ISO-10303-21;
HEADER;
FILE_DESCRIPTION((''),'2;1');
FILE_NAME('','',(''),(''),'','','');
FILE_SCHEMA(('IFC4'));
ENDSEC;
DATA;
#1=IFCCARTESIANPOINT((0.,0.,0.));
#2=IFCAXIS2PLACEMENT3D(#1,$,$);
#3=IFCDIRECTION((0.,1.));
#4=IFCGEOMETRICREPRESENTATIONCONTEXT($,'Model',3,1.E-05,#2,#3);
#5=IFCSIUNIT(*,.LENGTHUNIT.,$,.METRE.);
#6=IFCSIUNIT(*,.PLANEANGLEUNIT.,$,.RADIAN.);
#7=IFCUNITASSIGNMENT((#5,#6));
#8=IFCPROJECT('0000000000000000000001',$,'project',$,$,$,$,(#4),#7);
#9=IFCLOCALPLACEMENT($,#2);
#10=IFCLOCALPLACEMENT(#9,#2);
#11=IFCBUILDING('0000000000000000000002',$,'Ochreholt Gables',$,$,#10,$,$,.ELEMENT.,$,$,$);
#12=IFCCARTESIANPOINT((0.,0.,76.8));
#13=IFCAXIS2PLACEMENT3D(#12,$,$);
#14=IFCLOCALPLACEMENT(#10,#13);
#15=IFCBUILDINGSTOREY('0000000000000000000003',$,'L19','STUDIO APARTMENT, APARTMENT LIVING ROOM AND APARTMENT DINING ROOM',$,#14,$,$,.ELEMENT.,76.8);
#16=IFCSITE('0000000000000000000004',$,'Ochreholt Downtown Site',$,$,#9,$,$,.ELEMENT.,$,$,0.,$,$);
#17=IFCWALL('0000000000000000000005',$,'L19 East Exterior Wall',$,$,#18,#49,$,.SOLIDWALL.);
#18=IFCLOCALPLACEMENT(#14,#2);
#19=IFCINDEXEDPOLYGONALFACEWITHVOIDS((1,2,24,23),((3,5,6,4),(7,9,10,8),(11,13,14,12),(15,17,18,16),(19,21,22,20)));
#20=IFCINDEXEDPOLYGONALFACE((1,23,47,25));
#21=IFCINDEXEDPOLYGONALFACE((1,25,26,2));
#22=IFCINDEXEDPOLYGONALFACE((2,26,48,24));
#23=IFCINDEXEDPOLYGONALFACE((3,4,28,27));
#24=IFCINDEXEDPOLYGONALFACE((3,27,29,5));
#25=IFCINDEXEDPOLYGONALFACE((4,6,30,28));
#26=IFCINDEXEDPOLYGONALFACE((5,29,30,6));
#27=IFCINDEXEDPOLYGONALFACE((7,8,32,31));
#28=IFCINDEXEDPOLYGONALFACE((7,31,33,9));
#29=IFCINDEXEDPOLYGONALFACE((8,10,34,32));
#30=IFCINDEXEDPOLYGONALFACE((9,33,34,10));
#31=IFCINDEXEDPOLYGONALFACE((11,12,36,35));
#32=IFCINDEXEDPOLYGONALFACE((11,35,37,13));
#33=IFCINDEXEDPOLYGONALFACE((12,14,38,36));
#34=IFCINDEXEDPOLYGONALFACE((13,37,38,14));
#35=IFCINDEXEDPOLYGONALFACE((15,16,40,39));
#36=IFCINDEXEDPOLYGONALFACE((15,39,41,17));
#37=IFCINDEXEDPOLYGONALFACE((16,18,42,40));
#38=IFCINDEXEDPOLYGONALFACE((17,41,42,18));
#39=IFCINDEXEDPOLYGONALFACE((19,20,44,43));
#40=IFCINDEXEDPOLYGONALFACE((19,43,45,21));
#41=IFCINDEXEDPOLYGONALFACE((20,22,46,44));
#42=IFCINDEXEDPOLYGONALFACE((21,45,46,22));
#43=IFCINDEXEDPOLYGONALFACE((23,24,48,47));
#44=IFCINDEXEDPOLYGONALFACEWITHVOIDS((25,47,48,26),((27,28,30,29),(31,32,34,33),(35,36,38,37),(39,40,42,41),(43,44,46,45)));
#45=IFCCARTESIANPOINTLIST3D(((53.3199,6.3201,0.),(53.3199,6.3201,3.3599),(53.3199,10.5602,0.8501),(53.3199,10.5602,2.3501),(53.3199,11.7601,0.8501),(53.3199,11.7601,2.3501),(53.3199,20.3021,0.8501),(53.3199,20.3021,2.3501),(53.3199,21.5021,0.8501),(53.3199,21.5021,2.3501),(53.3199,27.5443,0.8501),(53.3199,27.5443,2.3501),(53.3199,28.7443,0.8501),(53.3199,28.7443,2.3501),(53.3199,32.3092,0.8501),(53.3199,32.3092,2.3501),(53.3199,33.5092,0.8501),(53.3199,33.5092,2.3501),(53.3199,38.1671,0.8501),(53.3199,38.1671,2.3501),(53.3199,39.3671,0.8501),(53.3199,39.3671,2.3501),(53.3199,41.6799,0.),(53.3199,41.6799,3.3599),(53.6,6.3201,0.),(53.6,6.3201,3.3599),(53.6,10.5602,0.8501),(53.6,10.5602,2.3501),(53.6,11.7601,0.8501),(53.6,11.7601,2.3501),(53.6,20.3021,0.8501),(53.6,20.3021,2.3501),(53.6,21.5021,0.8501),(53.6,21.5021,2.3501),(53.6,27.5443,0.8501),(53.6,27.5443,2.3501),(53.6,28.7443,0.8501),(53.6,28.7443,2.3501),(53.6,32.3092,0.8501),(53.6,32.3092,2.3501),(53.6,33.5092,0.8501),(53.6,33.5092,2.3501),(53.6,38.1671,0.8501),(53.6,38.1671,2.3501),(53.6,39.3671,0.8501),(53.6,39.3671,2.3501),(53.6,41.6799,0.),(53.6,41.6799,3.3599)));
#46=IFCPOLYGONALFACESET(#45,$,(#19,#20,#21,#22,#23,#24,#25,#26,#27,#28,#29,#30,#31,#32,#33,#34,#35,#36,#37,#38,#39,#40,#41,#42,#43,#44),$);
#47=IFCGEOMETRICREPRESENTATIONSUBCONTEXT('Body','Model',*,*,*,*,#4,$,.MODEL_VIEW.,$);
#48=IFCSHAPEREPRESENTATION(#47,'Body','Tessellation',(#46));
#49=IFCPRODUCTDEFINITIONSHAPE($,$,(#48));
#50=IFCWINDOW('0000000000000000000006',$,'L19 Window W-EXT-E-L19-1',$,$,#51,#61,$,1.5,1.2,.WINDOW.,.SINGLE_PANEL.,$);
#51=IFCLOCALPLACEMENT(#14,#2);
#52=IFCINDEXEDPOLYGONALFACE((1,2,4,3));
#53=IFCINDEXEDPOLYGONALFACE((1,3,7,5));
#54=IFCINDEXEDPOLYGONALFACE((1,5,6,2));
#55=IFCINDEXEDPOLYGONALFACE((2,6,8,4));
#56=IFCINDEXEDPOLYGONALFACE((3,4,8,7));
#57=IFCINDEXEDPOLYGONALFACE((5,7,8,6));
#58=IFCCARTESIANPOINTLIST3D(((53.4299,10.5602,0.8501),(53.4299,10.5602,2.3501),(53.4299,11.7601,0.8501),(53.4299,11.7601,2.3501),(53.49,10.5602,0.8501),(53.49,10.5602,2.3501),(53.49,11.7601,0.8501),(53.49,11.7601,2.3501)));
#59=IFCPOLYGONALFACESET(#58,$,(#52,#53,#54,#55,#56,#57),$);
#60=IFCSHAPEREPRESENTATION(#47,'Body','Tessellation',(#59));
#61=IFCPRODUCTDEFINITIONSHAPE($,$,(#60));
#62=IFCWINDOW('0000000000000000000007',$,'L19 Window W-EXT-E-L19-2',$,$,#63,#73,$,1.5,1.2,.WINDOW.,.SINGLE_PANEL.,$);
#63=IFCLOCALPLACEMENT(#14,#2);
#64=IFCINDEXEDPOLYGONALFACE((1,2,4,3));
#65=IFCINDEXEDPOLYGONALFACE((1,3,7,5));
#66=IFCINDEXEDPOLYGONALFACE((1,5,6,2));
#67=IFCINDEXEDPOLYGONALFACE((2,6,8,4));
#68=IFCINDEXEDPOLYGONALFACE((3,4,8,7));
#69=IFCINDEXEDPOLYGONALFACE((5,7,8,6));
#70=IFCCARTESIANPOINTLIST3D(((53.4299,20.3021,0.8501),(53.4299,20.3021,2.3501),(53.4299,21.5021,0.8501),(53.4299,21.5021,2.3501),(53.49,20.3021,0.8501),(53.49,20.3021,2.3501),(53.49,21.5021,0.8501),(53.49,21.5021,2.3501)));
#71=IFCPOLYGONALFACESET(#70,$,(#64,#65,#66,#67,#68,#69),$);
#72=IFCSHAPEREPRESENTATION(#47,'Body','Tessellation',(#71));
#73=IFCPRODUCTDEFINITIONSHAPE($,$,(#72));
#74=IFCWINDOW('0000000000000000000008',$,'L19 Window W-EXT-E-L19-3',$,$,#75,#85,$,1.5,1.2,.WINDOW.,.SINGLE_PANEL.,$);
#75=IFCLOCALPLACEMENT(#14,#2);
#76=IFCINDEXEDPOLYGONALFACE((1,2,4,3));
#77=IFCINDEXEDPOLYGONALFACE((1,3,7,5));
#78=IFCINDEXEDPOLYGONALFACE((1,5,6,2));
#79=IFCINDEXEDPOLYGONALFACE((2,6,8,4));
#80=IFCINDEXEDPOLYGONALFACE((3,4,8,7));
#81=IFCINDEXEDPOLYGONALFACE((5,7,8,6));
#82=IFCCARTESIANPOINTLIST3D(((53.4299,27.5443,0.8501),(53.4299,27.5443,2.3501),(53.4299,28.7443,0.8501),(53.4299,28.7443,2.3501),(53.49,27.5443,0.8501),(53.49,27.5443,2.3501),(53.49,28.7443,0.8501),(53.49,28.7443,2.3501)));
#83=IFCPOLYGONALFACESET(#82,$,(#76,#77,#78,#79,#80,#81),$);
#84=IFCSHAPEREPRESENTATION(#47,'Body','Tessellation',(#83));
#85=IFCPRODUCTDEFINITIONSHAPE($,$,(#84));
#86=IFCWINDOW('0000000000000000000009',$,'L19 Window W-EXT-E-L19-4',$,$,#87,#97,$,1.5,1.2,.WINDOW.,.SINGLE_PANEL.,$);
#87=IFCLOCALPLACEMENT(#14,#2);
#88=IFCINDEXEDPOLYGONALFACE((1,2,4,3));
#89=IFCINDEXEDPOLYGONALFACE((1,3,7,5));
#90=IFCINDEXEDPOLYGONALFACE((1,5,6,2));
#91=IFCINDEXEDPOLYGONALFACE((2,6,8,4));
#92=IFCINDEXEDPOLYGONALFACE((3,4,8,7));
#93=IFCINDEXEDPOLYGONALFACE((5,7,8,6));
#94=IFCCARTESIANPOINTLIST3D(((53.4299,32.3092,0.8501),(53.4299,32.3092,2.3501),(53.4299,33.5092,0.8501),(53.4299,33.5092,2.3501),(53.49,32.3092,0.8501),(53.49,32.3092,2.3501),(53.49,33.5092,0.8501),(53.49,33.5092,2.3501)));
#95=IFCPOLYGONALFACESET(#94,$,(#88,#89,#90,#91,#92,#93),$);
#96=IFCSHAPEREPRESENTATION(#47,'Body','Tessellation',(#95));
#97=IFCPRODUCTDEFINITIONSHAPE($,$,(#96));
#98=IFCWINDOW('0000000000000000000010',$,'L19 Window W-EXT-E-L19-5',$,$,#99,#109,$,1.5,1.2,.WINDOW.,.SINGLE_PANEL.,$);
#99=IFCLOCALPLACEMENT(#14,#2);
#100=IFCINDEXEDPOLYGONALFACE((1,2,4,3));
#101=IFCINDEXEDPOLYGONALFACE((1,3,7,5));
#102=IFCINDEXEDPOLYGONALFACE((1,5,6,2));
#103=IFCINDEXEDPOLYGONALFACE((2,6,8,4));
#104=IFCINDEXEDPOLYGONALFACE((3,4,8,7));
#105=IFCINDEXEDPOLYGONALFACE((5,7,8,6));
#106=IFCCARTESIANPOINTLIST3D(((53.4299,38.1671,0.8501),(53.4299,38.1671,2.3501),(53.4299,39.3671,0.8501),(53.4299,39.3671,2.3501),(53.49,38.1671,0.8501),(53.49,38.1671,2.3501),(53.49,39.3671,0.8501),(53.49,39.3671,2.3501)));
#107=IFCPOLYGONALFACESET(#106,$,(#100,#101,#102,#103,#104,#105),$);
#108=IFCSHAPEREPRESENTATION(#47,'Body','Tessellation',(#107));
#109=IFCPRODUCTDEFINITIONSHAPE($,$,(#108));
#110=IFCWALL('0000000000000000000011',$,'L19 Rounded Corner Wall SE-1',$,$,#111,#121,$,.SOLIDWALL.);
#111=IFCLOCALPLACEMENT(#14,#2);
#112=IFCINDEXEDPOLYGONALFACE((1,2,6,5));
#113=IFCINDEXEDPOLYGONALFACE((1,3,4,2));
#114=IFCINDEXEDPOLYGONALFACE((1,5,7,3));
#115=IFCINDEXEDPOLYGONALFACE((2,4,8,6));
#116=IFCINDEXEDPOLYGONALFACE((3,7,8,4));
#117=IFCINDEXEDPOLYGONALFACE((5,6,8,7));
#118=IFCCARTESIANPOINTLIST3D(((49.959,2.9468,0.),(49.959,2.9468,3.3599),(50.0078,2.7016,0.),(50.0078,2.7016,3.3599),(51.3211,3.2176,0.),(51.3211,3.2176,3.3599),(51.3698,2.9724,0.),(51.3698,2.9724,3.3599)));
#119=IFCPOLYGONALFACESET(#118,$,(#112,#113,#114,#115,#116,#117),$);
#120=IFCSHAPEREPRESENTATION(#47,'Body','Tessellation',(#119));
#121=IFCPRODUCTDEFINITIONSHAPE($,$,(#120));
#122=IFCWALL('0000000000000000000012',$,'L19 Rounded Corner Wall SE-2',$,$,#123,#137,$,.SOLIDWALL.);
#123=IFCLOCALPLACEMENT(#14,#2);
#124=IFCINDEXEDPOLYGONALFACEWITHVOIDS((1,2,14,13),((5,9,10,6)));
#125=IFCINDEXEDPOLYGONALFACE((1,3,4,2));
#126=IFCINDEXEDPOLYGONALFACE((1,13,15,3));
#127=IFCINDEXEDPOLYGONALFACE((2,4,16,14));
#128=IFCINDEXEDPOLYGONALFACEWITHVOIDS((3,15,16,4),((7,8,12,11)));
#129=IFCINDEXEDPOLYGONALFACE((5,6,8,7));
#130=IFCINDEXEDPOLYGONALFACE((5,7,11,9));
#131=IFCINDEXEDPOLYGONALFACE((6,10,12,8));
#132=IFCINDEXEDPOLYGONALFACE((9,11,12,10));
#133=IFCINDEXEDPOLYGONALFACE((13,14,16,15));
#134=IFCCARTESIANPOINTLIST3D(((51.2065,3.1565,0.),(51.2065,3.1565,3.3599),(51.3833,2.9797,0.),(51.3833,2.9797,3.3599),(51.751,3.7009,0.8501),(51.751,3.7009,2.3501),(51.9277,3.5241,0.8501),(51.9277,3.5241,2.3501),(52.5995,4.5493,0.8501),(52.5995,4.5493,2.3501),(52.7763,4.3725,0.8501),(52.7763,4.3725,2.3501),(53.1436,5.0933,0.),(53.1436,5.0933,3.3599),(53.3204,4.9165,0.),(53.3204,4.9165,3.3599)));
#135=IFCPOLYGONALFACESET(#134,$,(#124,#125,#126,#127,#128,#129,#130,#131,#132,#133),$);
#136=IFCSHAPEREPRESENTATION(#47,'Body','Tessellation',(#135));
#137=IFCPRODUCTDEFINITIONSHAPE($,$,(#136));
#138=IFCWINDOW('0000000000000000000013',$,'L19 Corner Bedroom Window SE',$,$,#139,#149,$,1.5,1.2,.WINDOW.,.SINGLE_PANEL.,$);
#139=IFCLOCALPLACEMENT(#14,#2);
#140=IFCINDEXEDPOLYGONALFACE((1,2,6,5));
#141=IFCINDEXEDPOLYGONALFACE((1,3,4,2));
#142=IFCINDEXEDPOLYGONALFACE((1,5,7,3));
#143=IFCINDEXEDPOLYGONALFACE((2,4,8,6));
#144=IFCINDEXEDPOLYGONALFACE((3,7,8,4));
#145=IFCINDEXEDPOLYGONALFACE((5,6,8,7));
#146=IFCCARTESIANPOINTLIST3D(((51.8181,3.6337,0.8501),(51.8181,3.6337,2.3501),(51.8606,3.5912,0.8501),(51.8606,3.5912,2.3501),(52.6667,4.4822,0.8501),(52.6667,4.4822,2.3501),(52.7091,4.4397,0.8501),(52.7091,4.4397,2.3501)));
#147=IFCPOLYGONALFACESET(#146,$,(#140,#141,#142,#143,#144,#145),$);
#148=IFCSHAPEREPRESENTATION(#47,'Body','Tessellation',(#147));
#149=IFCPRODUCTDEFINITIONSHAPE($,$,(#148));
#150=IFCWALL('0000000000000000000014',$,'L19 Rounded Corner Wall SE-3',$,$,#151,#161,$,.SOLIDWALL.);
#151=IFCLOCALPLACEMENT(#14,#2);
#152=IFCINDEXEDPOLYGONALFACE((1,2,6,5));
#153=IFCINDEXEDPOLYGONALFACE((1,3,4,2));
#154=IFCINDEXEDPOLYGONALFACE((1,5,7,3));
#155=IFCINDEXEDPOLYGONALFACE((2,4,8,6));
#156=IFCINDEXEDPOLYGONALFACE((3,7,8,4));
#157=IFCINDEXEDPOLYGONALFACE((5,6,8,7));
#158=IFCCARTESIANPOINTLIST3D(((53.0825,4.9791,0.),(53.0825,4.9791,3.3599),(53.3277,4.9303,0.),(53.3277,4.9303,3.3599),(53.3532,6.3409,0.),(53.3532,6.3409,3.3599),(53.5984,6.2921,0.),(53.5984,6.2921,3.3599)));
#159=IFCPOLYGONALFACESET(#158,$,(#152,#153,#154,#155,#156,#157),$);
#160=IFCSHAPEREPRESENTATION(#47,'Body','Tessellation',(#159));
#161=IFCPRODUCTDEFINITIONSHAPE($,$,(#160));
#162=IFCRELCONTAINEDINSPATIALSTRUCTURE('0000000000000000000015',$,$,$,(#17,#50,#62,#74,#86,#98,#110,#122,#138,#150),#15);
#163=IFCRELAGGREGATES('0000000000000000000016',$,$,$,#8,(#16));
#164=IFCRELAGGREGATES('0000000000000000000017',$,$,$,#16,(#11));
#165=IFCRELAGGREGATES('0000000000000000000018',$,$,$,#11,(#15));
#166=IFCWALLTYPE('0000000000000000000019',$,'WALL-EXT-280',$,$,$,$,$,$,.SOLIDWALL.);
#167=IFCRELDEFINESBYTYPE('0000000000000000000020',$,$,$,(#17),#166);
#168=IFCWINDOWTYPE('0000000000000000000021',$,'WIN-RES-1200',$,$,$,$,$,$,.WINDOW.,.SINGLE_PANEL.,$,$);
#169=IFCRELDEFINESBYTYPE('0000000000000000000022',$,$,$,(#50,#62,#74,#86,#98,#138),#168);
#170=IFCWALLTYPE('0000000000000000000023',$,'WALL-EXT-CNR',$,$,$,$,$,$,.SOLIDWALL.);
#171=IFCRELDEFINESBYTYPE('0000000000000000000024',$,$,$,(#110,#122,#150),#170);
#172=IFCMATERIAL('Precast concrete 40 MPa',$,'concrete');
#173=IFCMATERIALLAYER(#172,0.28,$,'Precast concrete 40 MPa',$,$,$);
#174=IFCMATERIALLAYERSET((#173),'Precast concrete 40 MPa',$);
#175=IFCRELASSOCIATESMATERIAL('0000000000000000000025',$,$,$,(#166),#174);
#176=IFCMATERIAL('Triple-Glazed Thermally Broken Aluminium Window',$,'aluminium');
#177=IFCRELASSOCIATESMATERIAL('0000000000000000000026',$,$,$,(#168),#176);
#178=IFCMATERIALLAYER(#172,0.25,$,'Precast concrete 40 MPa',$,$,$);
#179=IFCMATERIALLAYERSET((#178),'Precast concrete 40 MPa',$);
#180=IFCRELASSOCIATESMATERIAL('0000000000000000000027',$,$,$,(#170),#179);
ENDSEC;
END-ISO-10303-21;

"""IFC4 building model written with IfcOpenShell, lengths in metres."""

from ifc_helpers import new_model, si_unit, direction, frame, frame_2d, origin, place, context, subcontext, project, spatial, rectangle, extrude, material, layer, layer_set, type_object, element, fill, save


model = new_model("IFC4")

# Units and contexts
model_context = context("Model", 3, precision=1e-05, world=origin(), true_north=direction((0.0, 1.0)))
body_context = subcontext(model_context, "Body", "Model", "MODEL_VIEW")
ifc_project = project(units=[si_unit("LENGTHUNIT", "METRE"), si_unit("PLANEANGLEUNIT", "RADIAN")], contexts=[model_context])

# Site, building, storey
site_placement = place(None, origin())
site = spatial("IfcSite", under=ifc_project, at=site_placement, Name="Ochreholt Downtown Site", CompositionType="ELEMENT", RefElevation=0.0)
building_placement = place(site_placement, origin())
building = spatial("IfcBuilding", under=site, at=building_placement, Name="Ochreholt Gables", CompositionType="ELEMENT")
storey_placement = place(building_placement, frame((0.0, 0.0, 76.8)))
storey = spatial("IfcBuildingStorey", under=building, at=storey_placement, Name="L19", Description="STUDIO APARTMENT, APARTMENT LIVING ROOM AND APARTMENT DINING ROOM", CompositionType="ELEMENT", Elevation=76.8)

# Wall, openings, windows
ifc_material_1 = material(Name="Precast concrete 40 MPa", Category="concrete")
ifc_layer_1 = layer(ifc_material_1, 0.28, Name="Precast concrete 40 MPa")
ifc_layer_set_1 = layer_set([ifc_layer_1], Name="Precast concrete 40 MPa")
wall_type_1 = type_object("IfcWallType", Name="WALL-EXT-280", PredefinedType="SOLIDWALL", material=ifc_layer_set_1)
wall_1_placement = place(storey_placement, frame((53.46, 6.3201, 0.0), z_axis=(0.0, 0.0, 1.0), x_axis=(0.0, 1.0, 0.0)))
wall_1 = element("IfcWall", 1, at=wall_1_placement, inside=storey, type_object=wall_type_1, Name="L19 East Exterior Wall", PredefinedType="SOLIDWALL", context=body_context, shape_type="SweptSolid", body=[
    extrude(rectangle(XDim=35.3599, YDim=0.28, at=frame_2d((17.6799, 0.0))), origin(), (0.0, 0.0, 1.0), 3.3599),
])
opening_1_placement = place(wall_1_placement, frame((4.24, 0.0, 0.8501)))
opening_1 = element("IfcOpeningElement", 2, at=opening_1_placement, cuts=wall_1, PredefinedType="OPENING", context=body_context, shape_type="SweptSolid", body=[
    extrude(rectangle(XDim=1.2, YDim=1.5, at=frame_2d((0.6001, 0.75))), frame((0.0, 0.1499, 0.0), z_axis=(0.0, -1.0, 0.0), x_axis=(1.0, 0.0, 0.0)), (0.0, 0.0, 1.0), 0.3),
])
opening_2_placement = place(wall_1_placement, frame((13.9819, 0.0, 0.8501)))
opening_2 = element("IfcOpeningElement", 3, at=opening_2_placement, cuts=wall_1, PredefinedType="OPENING", context=body_context, shape_type="SweptSolid", body=[
    extrude(rectangle(XDim=1.2, YDim=1.5, at=frame_2d((0.6001, 0.75))), frame((0.0, 0.1499, 0.0), z_axis=(0.0, -1.0, 0.0), x_axis=(1.0, 0.0, 0.0)), (0.0, 0.0, 1.0), 0.3),
])
opening_3_placement = place(wall_1_placement, frame((21.2241, 0.0, 0.8501)))
opening_3 = element("IfcOpeningElement", 4, at=opening_3_placement, cuts=wall_1, PredefinedType="OPENING", context=body_context, shape_type="SweptSolid", body=[
    extrude(rectangle(XDim=1.2, YDim=1.5, at=frame_2d((0.6001, 0.75))), frame((0.0, 0.1499, 0.0), z_axis=(0.0, -1.0, 0.0), x_axis=(1.0, 0.0, 0.0)), (0.0, 0.0, 1.0), 0.3),
])
opening_4_placement = place(wall_1_placement, frame((25.989, 0.0, 0.8501)))
opening_4 = element("IfcOpeningElement", 5, at=opening_4_placement, cuts=wall_1, PredefinedType="OPENING", context=body_context, shape_type="SweptSolid", body=[
    extrude(rectangle(XDim=1.2, YDim=1.5, at=frame_2d((0.6001, 0.75))), frame((0.0, 0.1499, 0.0), z_axis=(0.0, -1.0, 0.0), x_axis=(1.0, 0.0, 0.0)), (0.0, 0.0, 1.0), 0.3),
])
opening_5_placement = place(wall_1_placement, frame((31.8469, 0.0, 0.8501)))
opening_5 = element("IfcOpeningElement", 6, at=opening_5_placement, cuts=wall_1, PredefinedType="OPENING", context=body_context, shape_type="SweptSolid", body=[
    extrude(rectangle(XDim=1.2, YDim=1.5, at=frame_2d((0.6001, 0.75))), frame((0.0, 0.1499, 0.0), z_axis=(0.0, -1.0, 0.0), x_axis=(1.0, 0.0, 0.0)), (0.0, 0.0, 1.0), 0.3),
])
ifc_material_2 = material(Name="Triple-Glazed Thermally Broken Aluminium Window", Category="aluminium")
window_type = type_object("IfcWindowType", Name="WIN-RES-1200", PartitioningType="SINGLE_PANEL", PredefinedType="WINDOW", material=ifc_material_2)
window_1_placement = place(opening_1_placement, origin())
window_1 = element("IfcWindow", 7, at=window_1_placement, inside=storey, type_object=window_type, Name="L19 Window W-EXT-E-L19-1", OverallHeight=1.5, OverallWidth=1.2, PartitioningType="SINGLE_PANEL", PredefinedType="WINDOW", context=body_context, shape_type="SweptSolid", body=[
    extrude(rectangle(XDim=1.2, YDim=1.5, at=frame_2d((0.6001, 0.75))), frame((0.0, 0.03, 0.0), z_axis=(0.0, -1.0, 0.0), x_axis=(1.0, 0.0, 0.0)), (0.0, 0.0, 1.0), 0.0601),
])
fill(opening_1, window_1)
window_2_placement = place(opening_2_placement, origin())
window_2 = element("IfcWindow", 8, at=window_2_placement, inside=storey, type_object=window_type, Name="L19 Window W-EXT-E-L19-2", OverallHeight=1.5, OverallWidth=1.2, PartitioningType="SINGLE_PANEL", PredefinedType="WINDOW", context=body_context, shape_type="SweptSolid", body=[
    extrude(rectangle(XDim=1.2, YDim=1.5, at=frame_2d((0.6001, 0.75))), frame((0.0, 0.03, 0.0), z_axis=(0.0, -1.0, 0.0), x_axis=(1.0, 0.0, 0.0)), (0.0, 0.0, 1.0), 0.0601),
])
fill(opening_2, window_2)
window_3_placement = place(opening_3_placement, origin())
window_3 = element("IfcWindow", 9, at=window_3_placement, inside=storey, type_object=window_type, Name="L19 Window W-EXT-E-L19-3", OverallHeight=1.5, OverallWidth=1.2, PartitioningType="SINGLE_PANEL", PredefinedType="WINDOW", context=body_context, shape_type="SweptSolid", body=[
    extrude(rectangle(XDim=1.2, YDim=1.5, at=frame_2d((0.6001, 0.75))), frame((0.0, 0.03, 0.0), z_axis=(0.0, -1.0, 0.0), x_axis=(1.0, 0.0, 0.0)), (0.0, 0.0, 1.0), 0.0601),
])
fill(opening_3, window_3)
window_4_placement = place(opening_4_placement, origin())
window_4 = element("IfcWindow", 10, at=window_4_placement, inside=storey, type_object=window_type, Name="L19 Window W-EXT-E-L19-4", OverallHeight=1.5, OverallWidth=1.2, PartitioningType="SINGLE_PANEL", PredefinedType="WINDOW", context=body_context, shape_type="SweptSolid", body=[
    extrude(rectangle(XDim=1.2, YDim=1.5, at=frame_2d((0.6001, 0.75))), frame((0.0, 0.03, 0.0), z_axis=(0.0, -1.0, 0.0), x_axis=(1.0, 0.0, 0.0)), (0.0, 0.0, 1.0), 0.0601),
])
fill(opening_4, window_4)
window_5_placement = place(opening_5_placement, origin())
window_5 = element("IfcWindow", 11, at=window_5_placement, inside=storey, type_object=window_type, Name="L19 Window W-EXT-E-L19-5", OverallHeight=1.5, OverallWidth=1.2, PartitioningType="SINGLE_PANEL", PredefinedType="WINDOW", context=body_context, shape_type="SweptSolid", body=[
    extrude(rectangle(XDim=1.2, YDim=1.5, at=frame_2d((0.6001, 0.75))), frame((0.0, 0.03, 0.0), z_axis=(0.0, -1.0, 0.0), x_axis=(1.0, 0.0, 0.0)), (0.0, 0.0, 1.0), 0.0601),
])
fill(opening_5, window_5)

# Wall
ifc_layer_2 = layer(ifc_material_1, 0.25, Name="Precast concrete 40 MPa")
ifc_layer_set_2 = layer_set([ifc_layer_2], Name="Precast concrete 40 MPa")
wall_type_2 = type_object("IfcWallType", Name="WALL-EXT-CNR", PredefinedType="SOLIDWALL", material=ifc_layer_set_2)
wall_2_placement = place(storey_placement, frame((49.9834, 2.8242, 0.0), z_axis=(0.0, 0.0, 1.0), x_axis=(0.98081, 0.194967, 0.0)))
element("IfcWall", 12, at=wall_2_placement, inside=storey, type_object=wall_type_2, Name="L19 Rounded Corner Wall SE-1", PredefinedType="SOLIDWALL", context=body_context, shape_type="SweptSolid", body=[
    extrude(rectangle(XDim=1.3887, YDim=0.25, at=frame_2d((0.6943, 0.0))), origin(), (0.0, 0.0, 1.0), 3.3599),
])

# Wall, opening, window
wall_3_placement = place(storey_placement, frame((51.2949, 3.0681, 0.0), z_axis=(0.0, 0.0, 1.0), x_axis=(0.707151, 0.707062, 0.0)))
wall_3 = element("IfcWall", 13, at=wall_3_placement, inside=storey, type_object=wall_type_2, Name="L19 Rounded Corner Wall SE-2", PredefinedType="SOLIDWALL", context=body_context, shape_type="SweptSolid", body=[
    extrude(rectangle(XDim=2.7393, YDim=0.25, at=frame_2d((1.3696, 0.0))), origin(), (0.0, 0.0, 1.0), 3.3599),
])
opening_6_placement = place(wall_3_placement, frame((0.7698, 0.0, 0.8501)))
opening_6 = element("IfcOpeningElement", 14, at=opening_6_placement, cuts=wall_3, PredefinedType="OPENING", context=body_context, shape_type="SweptSolid", body=[
    extrude(rectangle(XDim=1.2, YDim=1.5, at=frame_2d((0.6001, 0.75))), frame((0.0, 0.135, 0.0), z_axis=(0.0, -1.0, 0.0), x_axis=(1.0, 0.0, 0.0)), (0.0, 0.0, 1.0), 0.27),
])
window_6_placement = place(opening_6_placement, origin())
window_6 = element("IfcWindow", 15, at=window_6_placement, inside=storey, type_object=window_type, Name="L19 Corner Bedroom Window SE", OverallHeight=1.5, OverallWidth=1.2, PartitioningType="SINGLE_PANEL", PredefinedType="WINDOW", context=body_context, shape_type="SweptSolid", body=[
    extrude(rectangle(XDim=1.2, YDim=1.5, at=frame_2d((0.6001, 0.75))), frame((0.0, 0.03, 0.0), z_axis=(0.0, -1.0, 0.0), x_axis=(1.0, 0.0, 0.0)), (0.0, 0.0, 1.0), 0.0601),
])
fill(opening_6, window_6)

# Wall
wall_4_placement = place(storey_placement, frame((53.2051, 4.9546, 0.0), z_axis=(0.0, 0.0, 1.0), x_axis=(0.195, 0.980803, 0.0)))
element("IfcWall", 16, at=wall_4_placement, inside=storey, type_object=wall_type_2, Name="L19 Rounded Corner Wall SE-3", PredefinedType="SOLIDWALL", context=body_context, shape_type="SweptSolid", body=[
    extrude(rectangle(XDim=1.3884, YDim=0.25, at=frame_2d((0.6943, 0.0))), origin(), (0.0, 0.0, 1.0), 3.3599),
])

save(model, "model.ifc")
